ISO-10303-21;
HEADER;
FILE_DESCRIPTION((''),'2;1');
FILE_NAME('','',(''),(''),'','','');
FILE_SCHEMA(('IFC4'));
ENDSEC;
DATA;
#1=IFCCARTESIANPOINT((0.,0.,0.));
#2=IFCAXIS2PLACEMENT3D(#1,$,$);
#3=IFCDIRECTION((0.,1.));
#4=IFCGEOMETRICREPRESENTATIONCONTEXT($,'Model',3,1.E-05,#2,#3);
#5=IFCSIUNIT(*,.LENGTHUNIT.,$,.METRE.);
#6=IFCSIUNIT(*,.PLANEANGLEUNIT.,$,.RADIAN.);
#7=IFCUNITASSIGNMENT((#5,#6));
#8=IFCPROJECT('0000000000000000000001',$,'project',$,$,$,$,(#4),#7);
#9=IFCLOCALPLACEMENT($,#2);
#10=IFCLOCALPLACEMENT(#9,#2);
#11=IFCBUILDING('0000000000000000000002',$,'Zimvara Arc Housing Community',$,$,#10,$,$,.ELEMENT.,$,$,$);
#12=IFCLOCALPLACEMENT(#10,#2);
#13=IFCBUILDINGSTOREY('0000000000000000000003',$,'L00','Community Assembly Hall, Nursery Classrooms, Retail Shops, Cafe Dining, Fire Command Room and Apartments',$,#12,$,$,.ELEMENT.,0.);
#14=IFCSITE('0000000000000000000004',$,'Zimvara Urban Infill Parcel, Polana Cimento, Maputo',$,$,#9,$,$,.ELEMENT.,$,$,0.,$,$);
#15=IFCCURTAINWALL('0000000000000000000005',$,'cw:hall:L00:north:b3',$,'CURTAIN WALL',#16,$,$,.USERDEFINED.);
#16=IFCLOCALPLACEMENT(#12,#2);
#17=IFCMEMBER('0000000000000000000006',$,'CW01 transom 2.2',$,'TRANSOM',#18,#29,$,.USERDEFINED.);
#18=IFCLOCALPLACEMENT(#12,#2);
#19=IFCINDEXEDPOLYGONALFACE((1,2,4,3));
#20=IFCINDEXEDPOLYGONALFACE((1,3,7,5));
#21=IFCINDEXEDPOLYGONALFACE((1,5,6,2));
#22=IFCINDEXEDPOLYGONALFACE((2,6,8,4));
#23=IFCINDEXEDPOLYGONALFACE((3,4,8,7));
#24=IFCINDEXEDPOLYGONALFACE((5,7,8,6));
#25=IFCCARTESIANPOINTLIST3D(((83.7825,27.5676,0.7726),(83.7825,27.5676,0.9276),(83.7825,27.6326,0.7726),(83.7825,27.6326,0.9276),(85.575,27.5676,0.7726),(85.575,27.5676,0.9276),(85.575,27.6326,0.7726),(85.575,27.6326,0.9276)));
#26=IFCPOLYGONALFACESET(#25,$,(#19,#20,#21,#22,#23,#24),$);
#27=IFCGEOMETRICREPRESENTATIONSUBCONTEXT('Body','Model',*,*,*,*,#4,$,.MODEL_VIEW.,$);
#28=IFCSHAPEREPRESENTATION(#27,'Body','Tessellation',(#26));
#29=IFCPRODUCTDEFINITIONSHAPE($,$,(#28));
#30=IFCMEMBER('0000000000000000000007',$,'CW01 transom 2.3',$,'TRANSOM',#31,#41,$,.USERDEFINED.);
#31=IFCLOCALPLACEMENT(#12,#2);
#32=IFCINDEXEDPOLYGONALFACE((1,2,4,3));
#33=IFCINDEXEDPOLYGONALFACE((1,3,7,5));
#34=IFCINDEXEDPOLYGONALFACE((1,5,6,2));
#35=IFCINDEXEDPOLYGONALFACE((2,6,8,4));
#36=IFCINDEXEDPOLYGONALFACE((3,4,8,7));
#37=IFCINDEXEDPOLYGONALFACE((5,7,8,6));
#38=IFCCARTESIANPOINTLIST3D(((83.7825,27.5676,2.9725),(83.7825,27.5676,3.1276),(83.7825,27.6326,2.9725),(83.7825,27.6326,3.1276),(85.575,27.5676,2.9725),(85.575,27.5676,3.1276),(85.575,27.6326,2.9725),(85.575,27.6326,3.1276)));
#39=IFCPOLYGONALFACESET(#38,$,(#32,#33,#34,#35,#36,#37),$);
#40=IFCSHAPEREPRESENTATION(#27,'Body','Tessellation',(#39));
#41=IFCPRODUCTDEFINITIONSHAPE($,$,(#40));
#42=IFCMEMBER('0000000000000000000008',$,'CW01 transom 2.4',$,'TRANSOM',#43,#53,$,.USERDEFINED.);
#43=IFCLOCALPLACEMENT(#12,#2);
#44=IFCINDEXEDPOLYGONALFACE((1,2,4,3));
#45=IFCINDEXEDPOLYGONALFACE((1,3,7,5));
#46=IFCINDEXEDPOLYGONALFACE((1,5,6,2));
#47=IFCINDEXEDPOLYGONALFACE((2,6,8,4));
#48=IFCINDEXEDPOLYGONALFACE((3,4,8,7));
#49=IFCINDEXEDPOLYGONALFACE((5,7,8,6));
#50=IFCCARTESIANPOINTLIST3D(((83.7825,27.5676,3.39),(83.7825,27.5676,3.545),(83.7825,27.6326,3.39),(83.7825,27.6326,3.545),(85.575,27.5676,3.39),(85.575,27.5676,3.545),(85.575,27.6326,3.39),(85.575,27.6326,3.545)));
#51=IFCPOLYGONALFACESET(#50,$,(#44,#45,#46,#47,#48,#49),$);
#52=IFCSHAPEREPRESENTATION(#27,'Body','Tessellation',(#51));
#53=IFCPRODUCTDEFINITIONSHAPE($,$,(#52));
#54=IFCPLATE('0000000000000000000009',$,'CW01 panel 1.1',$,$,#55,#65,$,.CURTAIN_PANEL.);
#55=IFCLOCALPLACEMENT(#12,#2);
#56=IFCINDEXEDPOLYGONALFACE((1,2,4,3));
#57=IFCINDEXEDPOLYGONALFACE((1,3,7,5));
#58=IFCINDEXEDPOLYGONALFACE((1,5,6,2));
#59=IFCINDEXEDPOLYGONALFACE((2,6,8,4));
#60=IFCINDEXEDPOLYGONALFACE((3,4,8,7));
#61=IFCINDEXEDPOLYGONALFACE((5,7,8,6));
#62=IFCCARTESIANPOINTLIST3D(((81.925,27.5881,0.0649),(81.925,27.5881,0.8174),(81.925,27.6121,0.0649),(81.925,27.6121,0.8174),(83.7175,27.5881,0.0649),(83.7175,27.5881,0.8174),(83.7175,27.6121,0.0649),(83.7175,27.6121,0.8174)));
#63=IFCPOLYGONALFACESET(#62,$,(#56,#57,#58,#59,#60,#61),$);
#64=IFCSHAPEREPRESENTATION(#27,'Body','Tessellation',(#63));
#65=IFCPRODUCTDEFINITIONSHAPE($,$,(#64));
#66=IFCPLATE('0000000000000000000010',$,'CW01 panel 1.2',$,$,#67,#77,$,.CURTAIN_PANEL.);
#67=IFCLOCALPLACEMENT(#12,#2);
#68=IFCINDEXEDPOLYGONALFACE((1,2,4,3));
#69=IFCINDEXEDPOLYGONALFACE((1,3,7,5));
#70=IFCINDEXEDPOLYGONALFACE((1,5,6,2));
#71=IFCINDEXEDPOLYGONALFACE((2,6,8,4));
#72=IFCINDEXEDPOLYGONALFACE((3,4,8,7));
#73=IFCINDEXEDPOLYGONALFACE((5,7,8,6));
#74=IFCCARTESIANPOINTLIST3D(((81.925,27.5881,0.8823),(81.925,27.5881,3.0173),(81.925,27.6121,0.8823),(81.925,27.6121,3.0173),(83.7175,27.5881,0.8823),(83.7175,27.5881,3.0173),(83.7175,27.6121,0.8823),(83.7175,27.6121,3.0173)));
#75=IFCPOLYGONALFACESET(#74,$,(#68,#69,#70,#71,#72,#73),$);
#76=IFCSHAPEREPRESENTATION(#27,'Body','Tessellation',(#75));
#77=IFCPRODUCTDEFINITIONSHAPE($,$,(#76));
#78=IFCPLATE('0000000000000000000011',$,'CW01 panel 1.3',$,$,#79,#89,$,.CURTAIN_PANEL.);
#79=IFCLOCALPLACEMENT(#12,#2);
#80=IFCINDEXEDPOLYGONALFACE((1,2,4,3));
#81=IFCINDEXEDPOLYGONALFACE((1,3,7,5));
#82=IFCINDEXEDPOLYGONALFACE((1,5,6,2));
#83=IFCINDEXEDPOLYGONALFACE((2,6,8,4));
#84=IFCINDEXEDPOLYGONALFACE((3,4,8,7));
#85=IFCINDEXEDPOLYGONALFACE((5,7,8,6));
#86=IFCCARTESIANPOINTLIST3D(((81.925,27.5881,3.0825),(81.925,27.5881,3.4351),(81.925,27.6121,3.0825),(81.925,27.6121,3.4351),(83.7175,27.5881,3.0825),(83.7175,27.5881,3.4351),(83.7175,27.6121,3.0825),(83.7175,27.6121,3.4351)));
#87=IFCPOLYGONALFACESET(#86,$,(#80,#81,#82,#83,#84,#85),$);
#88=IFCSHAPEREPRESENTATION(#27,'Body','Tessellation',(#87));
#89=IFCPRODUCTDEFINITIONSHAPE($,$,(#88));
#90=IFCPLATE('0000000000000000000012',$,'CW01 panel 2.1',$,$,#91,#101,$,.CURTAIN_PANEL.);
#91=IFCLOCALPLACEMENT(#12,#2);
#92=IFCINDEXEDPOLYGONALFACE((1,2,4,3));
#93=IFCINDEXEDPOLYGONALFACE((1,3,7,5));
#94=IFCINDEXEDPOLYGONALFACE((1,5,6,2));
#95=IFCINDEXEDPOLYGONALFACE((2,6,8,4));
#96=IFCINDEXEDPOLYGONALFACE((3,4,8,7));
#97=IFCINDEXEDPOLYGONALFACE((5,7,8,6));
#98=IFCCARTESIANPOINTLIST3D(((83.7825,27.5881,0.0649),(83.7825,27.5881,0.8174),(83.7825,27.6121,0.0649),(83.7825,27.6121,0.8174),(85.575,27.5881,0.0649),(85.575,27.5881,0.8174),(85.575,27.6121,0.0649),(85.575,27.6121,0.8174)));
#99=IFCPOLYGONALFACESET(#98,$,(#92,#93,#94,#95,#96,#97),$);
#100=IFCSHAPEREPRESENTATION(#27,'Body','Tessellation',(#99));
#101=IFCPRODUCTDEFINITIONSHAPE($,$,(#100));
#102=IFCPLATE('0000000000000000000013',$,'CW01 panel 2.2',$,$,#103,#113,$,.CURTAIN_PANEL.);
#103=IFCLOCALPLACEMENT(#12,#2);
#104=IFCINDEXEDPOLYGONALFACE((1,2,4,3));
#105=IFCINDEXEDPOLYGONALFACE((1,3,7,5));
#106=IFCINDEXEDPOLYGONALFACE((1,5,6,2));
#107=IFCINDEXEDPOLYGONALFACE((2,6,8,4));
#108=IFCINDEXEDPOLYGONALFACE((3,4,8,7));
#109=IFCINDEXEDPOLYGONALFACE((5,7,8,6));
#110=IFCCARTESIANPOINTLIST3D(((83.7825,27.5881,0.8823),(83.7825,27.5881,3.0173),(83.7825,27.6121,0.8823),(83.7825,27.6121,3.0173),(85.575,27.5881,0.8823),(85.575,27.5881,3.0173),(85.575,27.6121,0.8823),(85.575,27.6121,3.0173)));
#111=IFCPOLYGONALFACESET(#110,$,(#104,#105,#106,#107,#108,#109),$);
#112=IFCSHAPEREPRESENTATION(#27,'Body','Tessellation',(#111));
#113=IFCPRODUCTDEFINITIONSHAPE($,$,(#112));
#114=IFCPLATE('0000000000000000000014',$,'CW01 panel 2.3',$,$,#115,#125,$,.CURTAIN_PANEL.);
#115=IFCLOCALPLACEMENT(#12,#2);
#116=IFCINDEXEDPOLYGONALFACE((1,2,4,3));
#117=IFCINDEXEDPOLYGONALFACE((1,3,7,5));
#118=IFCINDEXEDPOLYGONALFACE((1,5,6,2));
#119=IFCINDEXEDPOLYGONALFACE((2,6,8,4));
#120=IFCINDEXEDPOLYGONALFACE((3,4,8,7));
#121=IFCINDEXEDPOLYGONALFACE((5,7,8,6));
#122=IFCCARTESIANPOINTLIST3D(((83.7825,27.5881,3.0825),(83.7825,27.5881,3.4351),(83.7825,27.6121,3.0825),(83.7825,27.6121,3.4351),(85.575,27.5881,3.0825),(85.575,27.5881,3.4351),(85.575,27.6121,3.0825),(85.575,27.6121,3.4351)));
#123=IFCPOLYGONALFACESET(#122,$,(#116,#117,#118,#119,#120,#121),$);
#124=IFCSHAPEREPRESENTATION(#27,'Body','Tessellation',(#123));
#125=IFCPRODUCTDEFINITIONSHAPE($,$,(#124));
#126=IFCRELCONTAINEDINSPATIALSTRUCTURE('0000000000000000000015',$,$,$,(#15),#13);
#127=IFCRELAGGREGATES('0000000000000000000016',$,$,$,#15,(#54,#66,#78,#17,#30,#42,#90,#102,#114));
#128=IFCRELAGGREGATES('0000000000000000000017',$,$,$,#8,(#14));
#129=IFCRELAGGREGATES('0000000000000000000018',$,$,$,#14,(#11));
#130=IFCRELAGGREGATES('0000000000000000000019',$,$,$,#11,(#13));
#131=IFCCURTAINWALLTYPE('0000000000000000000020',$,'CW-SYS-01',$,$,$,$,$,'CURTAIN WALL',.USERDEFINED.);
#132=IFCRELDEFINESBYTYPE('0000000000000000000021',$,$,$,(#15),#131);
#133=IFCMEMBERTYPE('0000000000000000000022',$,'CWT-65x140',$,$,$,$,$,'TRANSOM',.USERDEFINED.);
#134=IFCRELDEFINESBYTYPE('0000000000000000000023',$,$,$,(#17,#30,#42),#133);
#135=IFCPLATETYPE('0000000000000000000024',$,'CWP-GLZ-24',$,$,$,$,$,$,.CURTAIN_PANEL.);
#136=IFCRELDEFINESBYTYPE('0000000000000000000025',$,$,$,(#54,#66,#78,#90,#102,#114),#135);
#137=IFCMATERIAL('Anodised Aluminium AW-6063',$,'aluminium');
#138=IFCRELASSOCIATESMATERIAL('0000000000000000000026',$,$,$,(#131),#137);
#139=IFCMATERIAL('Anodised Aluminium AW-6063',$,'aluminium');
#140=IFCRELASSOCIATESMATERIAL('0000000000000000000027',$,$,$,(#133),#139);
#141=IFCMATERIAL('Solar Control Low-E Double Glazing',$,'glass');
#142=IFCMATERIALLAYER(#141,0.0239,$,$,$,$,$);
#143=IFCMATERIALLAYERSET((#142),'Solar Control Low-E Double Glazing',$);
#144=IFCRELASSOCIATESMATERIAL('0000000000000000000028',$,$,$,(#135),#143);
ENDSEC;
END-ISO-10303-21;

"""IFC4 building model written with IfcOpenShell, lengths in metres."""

from ifc_helpers import new_model, si_unit, direction, frame, origin, origin_2d, place, context, subcontext, project, spatial, rectangle, extrude, material, layer, layer_set, material_profile, profile_set, type_object, element, aggregate, save


model = new_model("IFC4")

# Units and contexts
model_context = context("Model", 3, precision=1e-05, world=origin(), true_north=direction((0.0, 1.0)))
body_context = subcontext(model_context, "Body", "Model", "MODEL_VIEW")
ifc_project = project(units=[si_unit("LENGTHUNIT", "METRE"), si_unit("PLANEANGLEUNIT", "RADIAN")], contexts=[model_context])

# Site, building, storey
site_placement = place(None, origin())
site = spatial("IfcSite", under=ifc_project, at=site_placement, Name="Zimvara Urban Infill Parcel, Polana Cimento, Maputo", CompositionType="ELEMENT", RefElevation=0.0)
building_placement = place(site_placement, origin())
building = spatial("IfcBuilding", under=site, at=building_placement, Name="Zimvara Arc Housing Community", CompositionType="ELEMENT")
storey_placement = place(building_placement, origin())
storey = spatial("IfcBuildingStorey", under=building, at=storey_placement, Name="L00", Description="Community Assembly Hall, Nursery Classrooms, Retail Shops, Cafe Dining, Fire Command Room and Apartments", CompositionType="ELEMENT", Elevation=0.0)

# Curtain wall, members, plates
ifc_material_1 = material(Name="Anodised Aluminium AW-6063", Category="aluminium")
curtain_wall_type = type_object("IfcCurtainWallType", Name="CW-SYS-01", ElementType="CURTAIN WALL", PredefinedType="USERDEFINED", material=ifc_material_1)
curtain_wall_placement = place(storey_placement, origin())
curtain_wall = element("IfcCurtainWall", 1, at=curtain_wall_placement, inside=storey, type_object=curtain_wall_type, Name="cw:hall:L00:north:b3", ObjectType="CURTAIN WALL", PredefinedType="USERDEFINED")
ifc_material_2 = material(Name="Anodised Aluminium AW-6063", Category="aluminium")
ifc_material_profile_1 = material_profile(ifc_material_2, rectangle(XDim=0.0649, YDim=0.155, at=origin_2d()), Name="ALU 65x155")
ifc_profile_set_1 = profile_set([ifc_material_profile_1], Name="Anodised Aluminium AW-6063")
member_type_1 = type_object("IfcMemberType", Name="CWT-65x140", ElementType="TRANSOM", PredefinedType="USERDEFINED", material=ifc_profile_set_1)
member_1_placement = place(storey_placement, frame((83.7825, 27.6001, 0.8501), z_axis=(1.0, 0.0, 0.0), x_axis=(0.0, 1.0, 0.0)))
member_1 = element("IfcMember", 2, at=member_1_placement, type_object=member_type_1, Name="CW01 transom 2.2", ObjectType="TRANSOM", PredefinedType="USERDEFINED", context=body_context, shape_type="SweptSolid", body=[
    extrude(rectangle(XDim=0.0649, YDim=0.155, at=origin_2d()), origin(), (0.0, 0.0, 1.0), 1.7925),
])
member_2_placement = place(storey_placement, frame((83.7825, 27.6001, 3.05), z_axis=(1.0, 0.0, 0.0), x_axis=(0.0, 1.0, 0.0)))
member_2 = element("IfcMember", 3, at=member_2_placement, type_object=member_type_1, Name="CW01 transom 2.3", ObjectType="TRANSOM", PredefinedType="USERDEFINED", context=body_context, shape_type="SweptSolid", body=[
    extrude(rectangle(XDim=0.0649, YDim=0.155, at=origin_2d()), origin(), (0.0, 0.0, 1.0), 1.7925),
])
member_3_placement = place(storey_placement, frame((83.7825, 27.6001, 3.4675), z_axis=(1.0, 0.0, 0.0), x_axis=(0.0, 1.0, 0.0)))
member_3 = element("IfcMember", 4, at=member_3_placement, type_object=member_type_1, Name="CW01 transom 2.4", ObjectType="TRANSOM", PredefinedType="USERDEFINED", context=body_context, shape_type="SweptSolid", body=[
    extrude(rectangle(XDim=0.0649, YDim=0.155, at=origin_2d()), origin(), (0.0, 0.0, 1.0), 1.7925),
])
ifc_material_3 = material(Name="Solar Control Low-E Double Glazing", Category="glass")
ifc_layer = layer(ifc_material_3, 0.0239)
ifc_layer_set = layer_set([ifc_layer], Name="Solar Control Low-E Double Glazing")
plate_type = type_object("IfcPlateType", Name="CWP-GLZ-24", PredefinedType="CURTAIN_PANEL", material=ifc_layer_set)
plate_1_placement = place(storey_placement, frame((82.8213, 27.6001, 0.0649), z_axis=(0.0, 0.0, 1.0), x_axis=(1.0, 0.0, 0.0)))
plate_1 = element("IfcPlate", 5, at=plate_1_placement, type_object=plate_type, Name="CW01 panel 1.1", PredefinedType="CURTAIN_PANEL", context=body_context, shape_type="SweptSolid", body=[
    extrude(rectangle(XDim=1.7925, YDim=0.0239, at=origin_2d()), origin(), (0.0, 0.0, 1.0), 0.7524),
])
plate_2_placement = place(storey_placement, frame((82.8213, 27.6001, 0.8823), z_axis=(0.0, 0.0, 1.0), x_axis=(1.0, 0.0, 0.0)))
plate_2 = element("IfcPlate", 6, at=plate_2_placement, type_object=plate_type, Name="CW01 panel 1.2", PredefinedType="CURTAIN_PANEL", context=body_context, shape_type="SweptSolid", body=[
    extrude(rectangle(XDim=1.7925, YDim=0.0239, at=origin_2d()), origin(), (0.0, 0.0, 1.0), 2.135),
])
plate_3_placement = place(storey_placement, frame((82.8213, 27.6001, 3.0825), z_axis=(0.0, 0.0, 1.0), x_axis=(1.0, 0.0, 0.0)))
plate_3 = element("IfcPlate", 7, at=plate_3_placement, type_object=plate_type, Name="CW01 panel 1.3", PredefinedType="CURTAIN_PANEL", context=body_context, shape_type="SweptSolid", body=[
    extrude(rectangle(XDim=1.7925, YDim=0.0239, at=origin_2d()), origin(), (0.0, 0.0, 1.0), 0.3525),
])
plate_4_placement = place(storey_placement, frame((84.6787, 27.6001, 0.0649), z_axis=(0.0, 0.0, 1.0), x_axis=(1.0, 0.0, 0.0)))
plate_4 = element("IfcPlate", 8, at=plate_4_placement, type_object=plate_type, Name="CW01 panel 2.1", PredefinedType="CURTAIN_PANEL", context=body_context, shape_type="SweptSolid", body=[
    extrude(rectangle(XDim=1.7925, YDim=0.0239, at=origin_2d()), origin(), (0.0, 0.0, 1.0), 0.7524),
])
plate_5_placement = place(storey_placement, frame((84.6787, 27.6001, 0.8823), z_axis=(0.0, 0.0, 1.0), x_axis=(1.0, 0.0, 0.0)))
plate_5 = element("IfcPlate", 9, at=plate_5_placement, type_object=plate_type, Name="CW01 panel 2.2", PredefinedType="CURTAIN_PANEL", context=body_context, shape_type="SweptSolid", body=[
    extrude(rectangle(XDim=1.7925, YDim=0.0239, at=origin_2d()), origin(), (0.0, 0.0, 1.0), 2.135),
])
plate_6_placement = place(storey_placement, frame((84.6787, 27.6001, 3.0825), z_axis=(0.0, 0.0, 1.0), x_axis=(1.0, 0.0, 0.0)))
plate_6 = element("IfcPlate", 10, at=plate_6_placement, type_object=plate_type, Name="CW01 panel 2.3", PredefinedType="CURTAIN_PANEL", context=body_context, shape_type="SweptSolid", body=[
    extrude(rectangle(XDim=1.7925, YDim=0.0239, at=origin_2d()), origin(), (0.0, 0.0, 1.0), 0.3525),
])
aggregate(curtain_wall, [plate_1, plate_2, plate_3, member_1, member_2, member_3, plate_4, plate_5, plate_6])

save(model, "model.ifc")
